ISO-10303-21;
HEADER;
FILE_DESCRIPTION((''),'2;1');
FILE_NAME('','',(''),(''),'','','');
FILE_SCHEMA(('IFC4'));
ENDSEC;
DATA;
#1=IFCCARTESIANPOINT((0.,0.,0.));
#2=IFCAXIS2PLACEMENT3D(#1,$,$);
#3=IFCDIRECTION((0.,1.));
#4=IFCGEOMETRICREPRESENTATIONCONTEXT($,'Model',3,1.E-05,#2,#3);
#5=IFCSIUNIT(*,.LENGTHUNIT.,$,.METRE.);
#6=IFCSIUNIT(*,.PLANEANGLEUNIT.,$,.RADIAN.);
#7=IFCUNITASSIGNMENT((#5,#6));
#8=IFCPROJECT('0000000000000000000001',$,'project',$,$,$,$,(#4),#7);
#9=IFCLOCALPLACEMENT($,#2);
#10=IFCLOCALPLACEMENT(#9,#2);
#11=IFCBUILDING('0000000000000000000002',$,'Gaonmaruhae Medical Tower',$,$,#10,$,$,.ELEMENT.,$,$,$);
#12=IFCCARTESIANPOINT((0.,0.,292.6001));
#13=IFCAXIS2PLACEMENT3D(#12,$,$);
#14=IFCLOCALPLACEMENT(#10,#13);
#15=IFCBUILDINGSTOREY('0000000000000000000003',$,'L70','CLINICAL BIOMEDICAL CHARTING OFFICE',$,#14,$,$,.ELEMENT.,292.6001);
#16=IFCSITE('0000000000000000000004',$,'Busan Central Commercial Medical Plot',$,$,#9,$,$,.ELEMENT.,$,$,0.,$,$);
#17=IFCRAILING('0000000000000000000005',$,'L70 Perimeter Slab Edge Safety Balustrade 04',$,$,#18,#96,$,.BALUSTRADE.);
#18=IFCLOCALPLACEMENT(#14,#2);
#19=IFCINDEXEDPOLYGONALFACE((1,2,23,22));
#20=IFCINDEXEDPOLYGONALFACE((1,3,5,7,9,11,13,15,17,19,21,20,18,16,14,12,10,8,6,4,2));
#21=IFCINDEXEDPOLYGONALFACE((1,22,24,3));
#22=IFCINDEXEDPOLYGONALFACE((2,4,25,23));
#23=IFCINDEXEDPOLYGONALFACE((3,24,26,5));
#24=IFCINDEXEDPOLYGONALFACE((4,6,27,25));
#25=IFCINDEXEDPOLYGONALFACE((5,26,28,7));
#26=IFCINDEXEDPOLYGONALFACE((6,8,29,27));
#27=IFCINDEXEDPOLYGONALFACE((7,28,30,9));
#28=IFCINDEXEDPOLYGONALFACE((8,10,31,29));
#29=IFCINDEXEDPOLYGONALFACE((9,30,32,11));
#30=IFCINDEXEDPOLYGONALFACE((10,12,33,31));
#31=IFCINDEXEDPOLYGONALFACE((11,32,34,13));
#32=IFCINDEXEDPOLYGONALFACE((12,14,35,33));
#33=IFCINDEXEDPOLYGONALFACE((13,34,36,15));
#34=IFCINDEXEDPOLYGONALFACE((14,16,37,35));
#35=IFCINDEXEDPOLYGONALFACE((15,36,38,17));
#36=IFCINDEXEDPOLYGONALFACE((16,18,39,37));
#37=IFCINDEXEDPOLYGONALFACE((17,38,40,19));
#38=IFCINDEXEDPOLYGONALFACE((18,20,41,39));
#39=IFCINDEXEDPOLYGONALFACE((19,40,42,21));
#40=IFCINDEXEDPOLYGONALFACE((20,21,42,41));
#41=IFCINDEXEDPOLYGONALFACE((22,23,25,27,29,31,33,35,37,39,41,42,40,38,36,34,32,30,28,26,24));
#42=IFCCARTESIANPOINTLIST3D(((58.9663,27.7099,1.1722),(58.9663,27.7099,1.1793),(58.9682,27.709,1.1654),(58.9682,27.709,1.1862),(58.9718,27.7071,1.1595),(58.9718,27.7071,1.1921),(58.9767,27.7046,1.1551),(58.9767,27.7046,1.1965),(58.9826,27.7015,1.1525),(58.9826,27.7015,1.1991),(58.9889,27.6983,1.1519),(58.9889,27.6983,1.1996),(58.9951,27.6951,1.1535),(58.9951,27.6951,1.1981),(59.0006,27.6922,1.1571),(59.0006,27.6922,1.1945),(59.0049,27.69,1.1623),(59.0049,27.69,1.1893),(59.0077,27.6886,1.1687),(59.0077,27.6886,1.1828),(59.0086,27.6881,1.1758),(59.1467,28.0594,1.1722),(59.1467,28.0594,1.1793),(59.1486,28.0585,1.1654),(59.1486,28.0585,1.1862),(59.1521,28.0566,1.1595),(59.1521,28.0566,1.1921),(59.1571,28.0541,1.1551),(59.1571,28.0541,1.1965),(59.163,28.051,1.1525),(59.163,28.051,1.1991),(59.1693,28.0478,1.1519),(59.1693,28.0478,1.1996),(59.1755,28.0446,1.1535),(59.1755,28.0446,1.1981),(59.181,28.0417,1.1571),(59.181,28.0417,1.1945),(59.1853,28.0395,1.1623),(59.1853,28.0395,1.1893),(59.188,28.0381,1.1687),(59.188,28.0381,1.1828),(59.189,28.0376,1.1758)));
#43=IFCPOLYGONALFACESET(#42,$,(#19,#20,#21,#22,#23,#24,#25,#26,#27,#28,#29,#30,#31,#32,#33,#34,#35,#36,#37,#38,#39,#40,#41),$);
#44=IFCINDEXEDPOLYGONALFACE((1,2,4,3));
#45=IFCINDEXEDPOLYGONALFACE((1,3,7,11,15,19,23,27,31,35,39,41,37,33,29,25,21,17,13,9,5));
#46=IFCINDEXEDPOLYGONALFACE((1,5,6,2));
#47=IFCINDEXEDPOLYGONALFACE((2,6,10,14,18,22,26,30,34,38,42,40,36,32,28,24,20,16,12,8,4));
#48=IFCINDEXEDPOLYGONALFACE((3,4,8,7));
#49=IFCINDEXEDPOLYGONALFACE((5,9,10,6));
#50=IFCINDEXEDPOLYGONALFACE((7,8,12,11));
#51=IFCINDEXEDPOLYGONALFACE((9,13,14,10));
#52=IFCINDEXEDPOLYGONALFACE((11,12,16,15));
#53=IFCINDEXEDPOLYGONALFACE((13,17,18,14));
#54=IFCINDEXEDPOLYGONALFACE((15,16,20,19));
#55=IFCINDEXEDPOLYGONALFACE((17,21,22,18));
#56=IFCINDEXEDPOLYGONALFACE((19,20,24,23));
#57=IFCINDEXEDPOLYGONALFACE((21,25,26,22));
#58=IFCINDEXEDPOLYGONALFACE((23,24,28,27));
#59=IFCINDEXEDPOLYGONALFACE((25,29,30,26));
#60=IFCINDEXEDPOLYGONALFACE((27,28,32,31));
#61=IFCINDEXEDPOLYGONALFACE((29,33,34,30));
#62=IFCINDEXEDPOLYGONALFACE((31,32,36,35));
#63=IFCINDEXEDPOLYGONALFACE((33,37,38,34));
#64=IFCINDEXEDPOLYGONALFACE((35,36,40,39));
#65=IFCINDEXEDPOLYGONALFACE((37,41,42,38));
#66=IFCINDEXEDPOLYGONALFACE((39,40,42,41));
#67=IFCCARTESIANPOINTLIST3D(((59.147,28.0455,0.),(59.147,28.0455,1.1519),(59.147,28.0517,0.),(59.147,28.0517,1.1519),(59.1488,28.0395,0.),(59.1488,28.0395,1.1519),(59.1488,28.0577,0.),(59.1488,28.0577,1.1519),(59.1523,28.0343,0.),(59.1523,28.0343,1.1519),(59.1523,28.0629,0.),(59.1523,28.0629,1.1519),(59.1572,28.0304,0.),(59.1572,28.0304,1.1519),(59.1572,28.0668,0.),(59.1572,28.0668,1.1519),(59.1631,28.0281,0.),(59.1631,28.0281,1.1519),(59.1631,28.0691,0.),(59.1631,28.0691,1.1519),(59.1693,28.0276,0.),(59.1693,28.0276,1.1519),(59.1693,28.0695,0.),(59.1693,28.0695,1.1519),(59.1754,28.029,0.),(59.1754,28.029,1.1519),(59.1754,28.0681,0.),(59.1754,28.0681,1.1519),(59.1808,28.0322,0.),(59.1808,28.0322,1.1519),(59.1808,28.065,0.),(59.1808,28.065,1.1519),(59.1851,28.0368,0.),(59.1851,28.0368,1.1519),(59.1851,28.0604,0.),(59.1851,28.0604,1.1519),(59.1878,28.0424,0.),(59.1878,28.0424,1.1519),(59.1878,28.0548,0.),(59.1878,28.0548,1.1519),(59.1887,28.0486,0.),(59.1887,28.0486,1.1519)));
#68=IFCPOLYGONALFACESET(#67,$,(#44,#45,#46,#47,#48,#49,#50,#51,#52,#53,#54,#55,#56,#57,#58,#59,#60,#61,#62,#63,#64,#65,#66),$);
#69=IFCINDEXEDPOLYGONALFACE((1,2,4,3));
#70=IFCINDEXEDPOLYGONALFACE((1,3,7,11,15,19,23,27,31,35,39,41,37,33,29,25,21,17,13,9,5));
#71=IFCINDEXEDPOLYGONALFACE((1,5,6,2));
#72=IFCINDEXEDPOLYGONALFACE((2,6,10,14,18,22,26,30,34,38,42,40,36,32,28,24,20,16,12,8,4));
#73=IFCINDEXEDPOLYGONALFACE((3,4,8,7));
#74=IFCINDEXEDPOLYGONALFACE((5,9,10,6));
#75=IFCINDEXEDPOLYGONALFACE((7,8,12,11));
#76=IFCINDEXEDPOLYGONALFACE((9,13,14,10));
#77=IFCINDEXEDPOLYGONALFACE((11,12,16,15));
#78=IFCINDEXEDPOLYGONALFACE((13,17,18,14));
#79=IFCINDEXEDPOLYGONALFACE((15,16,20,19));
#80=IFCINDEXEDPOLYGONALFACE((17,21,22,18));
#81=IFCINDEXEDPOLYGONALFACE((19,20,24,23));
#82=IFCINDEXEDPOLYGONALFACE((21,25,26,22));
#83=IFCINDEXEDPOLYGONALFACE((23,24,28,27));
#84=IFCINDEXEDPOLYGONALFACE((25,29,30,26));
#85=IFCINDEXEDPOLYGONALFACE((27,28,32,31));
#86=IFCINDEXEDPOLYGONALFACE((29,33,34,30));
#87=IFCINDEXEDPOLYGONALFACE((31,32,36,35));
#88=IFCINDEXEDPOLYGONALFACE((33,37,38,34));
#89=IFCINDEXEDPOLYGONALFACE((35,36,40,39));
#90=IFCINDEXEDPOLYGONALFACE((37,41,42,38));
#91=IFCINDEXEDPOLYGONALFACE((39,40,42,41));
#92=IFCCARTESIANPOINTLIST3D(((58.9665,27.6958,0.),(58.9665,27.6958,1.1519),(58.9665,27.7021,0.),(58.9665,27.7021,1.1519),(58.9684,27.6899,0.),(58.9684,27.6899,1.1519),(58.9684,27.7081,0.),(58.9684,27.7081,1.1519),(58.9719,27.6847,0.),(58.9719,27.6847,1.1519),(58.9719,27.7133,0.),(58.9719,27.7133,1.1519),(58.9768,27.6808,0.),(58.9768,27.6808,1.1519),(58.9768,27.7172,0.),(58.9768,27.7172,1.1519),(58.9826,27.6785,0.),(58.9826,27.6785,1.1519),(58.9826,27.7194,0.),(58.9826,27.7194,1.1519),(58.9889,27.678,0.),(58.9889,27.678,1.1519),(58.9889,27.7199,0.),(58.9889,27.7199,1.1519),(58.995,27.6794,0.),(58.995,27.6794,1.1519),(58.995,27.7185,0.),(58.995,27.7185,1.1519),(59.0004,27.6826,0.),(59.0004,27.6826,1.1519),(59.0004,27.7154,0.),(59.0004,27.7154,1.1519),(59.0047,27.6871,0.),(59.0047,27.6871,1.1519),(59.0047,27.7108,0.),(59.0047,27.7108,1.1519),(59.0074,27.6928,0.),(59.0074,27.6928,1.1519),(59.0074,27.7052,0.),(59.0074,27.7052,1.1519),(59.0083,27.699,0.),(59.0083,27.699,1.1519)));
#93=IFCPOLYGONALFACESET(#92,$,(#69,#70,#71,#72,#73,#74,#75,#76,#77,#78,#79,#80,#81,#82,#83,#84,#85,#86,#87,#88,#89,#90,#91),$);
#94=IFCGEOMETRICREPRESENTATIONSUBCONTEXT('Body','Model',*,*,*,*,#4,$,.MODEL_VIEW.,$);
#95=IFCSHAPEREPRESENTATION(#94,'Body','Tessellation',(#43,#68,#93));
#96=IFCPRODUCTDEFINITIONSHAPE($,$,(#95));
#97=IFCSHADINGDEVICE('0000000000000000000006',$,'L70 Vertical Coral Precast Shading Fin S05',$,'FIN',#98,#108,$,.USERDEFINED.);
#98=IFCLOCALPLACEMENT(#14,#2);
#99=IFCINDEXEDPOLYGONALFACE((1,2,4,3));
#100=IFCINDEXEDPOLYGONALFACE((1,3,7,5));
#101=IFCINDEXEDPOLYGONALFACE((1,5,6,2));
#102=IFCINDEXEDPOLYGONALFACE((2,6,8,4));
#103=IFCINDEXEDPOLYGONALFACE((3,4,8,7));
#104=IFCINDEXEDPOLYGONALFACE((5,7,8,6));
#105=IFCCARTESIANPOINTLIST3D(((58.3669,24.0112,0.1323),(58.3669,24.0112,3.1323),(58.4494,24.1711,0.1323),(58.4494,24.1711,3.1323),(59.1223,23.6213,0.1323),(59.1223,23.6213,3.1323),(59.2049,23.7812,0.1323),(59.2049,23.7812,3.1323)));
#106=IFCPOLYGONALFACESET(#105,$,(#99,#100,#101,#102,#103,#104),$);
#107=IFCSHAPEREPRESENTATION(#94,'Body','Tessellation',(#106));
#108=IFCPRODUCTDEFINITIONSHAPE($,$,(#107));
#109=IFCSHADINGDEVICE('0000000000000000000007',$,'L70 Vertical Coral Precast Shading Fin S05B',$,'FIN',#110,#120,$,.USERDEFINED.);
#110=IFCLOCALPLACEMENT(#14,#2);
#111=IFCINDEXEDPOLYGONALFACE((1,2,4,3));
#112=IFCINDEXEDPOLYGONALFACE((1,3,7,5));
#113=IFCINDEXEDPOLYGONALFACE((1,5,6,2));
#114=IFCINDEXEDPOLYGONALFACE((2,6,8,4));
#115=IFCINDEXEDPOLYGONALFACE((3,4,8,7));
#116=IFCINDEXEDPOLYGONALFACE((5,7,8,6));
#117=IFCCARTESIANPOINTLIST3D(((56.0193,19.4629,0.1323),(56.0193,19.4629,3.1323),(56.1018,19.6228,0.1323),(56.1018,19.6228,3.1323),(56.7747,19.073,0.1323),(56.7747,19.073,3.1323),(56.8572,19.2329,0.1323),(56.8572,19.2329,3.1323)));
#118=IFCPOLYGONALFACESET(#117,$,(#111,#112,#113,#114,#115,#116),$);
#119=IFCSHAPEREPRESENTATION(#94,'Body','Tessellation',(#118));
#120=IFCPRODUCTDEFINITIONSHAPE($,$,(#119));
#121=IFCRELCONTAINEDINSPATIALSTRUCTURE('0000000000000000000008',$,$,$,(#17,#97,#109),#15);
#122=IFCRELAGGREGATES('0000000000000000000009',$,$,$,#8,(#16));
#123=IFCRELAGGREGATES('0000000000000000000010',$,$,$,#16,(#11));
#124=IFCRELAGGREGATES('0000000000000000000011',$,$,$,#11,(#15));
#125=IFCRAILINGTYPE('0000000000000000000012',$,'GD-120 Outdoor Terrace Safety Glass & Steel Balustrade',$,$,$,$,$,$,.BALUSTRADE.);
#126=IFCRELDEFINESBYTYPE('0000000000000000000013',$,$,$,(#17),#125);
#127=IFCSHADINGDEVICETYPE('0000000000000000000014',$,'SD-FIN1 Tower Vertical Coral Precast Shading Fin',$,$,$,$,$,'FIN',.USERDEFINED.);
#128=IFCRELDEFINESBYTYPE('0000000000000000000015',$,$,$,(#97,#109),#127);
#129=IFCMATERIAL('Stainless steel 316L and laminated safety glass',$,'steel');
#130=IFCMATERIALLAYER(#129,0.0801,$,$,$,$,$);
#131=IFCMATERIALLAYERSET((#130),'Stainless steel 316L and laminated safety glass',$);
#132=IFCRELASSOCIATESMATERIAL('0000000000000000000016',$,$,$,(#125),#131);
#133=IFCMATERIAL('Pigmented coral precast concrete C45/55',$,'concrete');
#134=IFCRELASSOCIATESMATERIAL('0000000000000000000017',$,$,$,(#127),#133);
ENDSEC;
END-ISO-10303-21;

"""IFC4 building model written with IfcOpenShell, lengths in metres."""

from ifc_helpers import new_model, si_unit, direction, frame, origin, origin_2d, place, context, subcontext, project, spatial, rectangle, circle, extrude, material, layer, layer_set, type_object, element, save


model = new_model("IFC4")

# Units and contexts
model_context = context("Model", 3, precision=1e-05, world=origin(), true_north=direction((0.0, 1.0)))
body_context = subcontext(model_context, "Body", "Model", "MODEL_VIEW")
ifc_project = project(units=[si_unit("LENGTHUNIT", "METRE"), si_unit("PLANEANGLEUNIT", "RADIAN")], contexts=[model_context])

# Site, building, storey
site_placement = place(None, origin())
site = spatial("IfcSite", under=ifc_project, at=site_placement, Name="Busan Central Commercial Medical Plot", CompositionType="ELEMENT", RefElevation=0.0)
building_placement = place(site_placement, origin())
building = spatial("IfcBuilding", under=site, at=building_placement, Name="Gaonmaruhae Medical Tower", CompositionType="ELEMENT")
storey_placement = place(building_placement, frame((0.0, 0.0, 292.6001)))
storey = spatial("IfcBuildingStorey", under=building, at=storey_placement, Name="L70", Description="CLINICAL BIOMEDICAL CHARTING OFFICE", CompositionType="ELEMENT", Elevation=292.6001)

# Railing
ifc_material_1 = material(Name="Stainless steel 316L and laminated safety glass", Category="steel")
ifc_layer_1 = layer(ifc_material_1, 0.0801)
ifc_layer_set_1 = layer_set([ifc_layer_1], Name="Stainless steel 316L and laminated safety glass")
railing_type = type_object("IfcRailingType", Name="GD-120 Outdoor Terrace Safety Glass & Steel Balustrade", PredefinedType="BALUSTRADE", material=ifc_layer_set_1)
railing_placement = place(storey_placement, frame((59.1677, 28.0486, 0.0)))
element("IfcRailing", 1, at=railing_placement, inside=storey, type_object=railing_type, Name="L70 Perimeter Slab Edge Safety Balustrade 04", PredefinedType="BALUSTRADE", context=body_context, shape_type="SweptSolid", body=[
    extrude(circle(Radius=0.0239, at=origin_2d()), frame((0.0, 0.0, 1.1758), z_axis=(-0.458595, -0.888645, 0.0), x_axis=(0.888645, -0.458595, 0.0)), (0.0, 0.0, 1.0), 0.3933),
    extrude(circle(Radius=0.021, at=origin_2d()), origin(), (0.0, 0.0, 1.0), 1.1519),
    extrude(circle(Radius=0.021, at=origin_2d()), frame((-0.1804, -0.3496, 0.0)), (0.0, 0.0, 1.0), 1.1519),
])

# Shading devices
ifc_material_2 = material(Name="Pigmented coral precast concrete C45/55", Category="concrete")
shading_device_type = type_object("IfcShadingDeviceType", Name="SD-FIN1 Tower Vertical Coral Precast Shading Fin", ElementType="FIN", PredefinedType="USERDEFINED", material=ifc_material_2)
for number, where, z_axis, x_axis, name in (
    (2, (58.7859, 23.8962, 0.1323), (0.0, 0.0, 1.0), (-0.45865, -0.888617, 0.0), "L70 Vertical Coral Precast Shading Fin S05"),
    (3, (56.4382, 19.3479, 0.1323), (0.0, 0.0, 1.0), (-0.45865, -0.888617, 0.0), "L70 Vertical Coral Precast Shading Fin S05B"),
):
    element("IfcShadingDevice", number, at=place(storey_placement, frame(where, z_axis=z_axis, x_axis=x_axis)), inside=storey, type_object=shading_device_type, Name=name, ObjectType="FIN", PredefinedType="USERDEFINED", context=body_context, shape_type="SweptSolid", body=[
        extrude(rectangle(XDim=0.1799, YDim=0.8501, at=origin_2d()), origin(), (0.0, 0.0, 1.0), 3.0),
    ])

save(model, "model.ifc")
